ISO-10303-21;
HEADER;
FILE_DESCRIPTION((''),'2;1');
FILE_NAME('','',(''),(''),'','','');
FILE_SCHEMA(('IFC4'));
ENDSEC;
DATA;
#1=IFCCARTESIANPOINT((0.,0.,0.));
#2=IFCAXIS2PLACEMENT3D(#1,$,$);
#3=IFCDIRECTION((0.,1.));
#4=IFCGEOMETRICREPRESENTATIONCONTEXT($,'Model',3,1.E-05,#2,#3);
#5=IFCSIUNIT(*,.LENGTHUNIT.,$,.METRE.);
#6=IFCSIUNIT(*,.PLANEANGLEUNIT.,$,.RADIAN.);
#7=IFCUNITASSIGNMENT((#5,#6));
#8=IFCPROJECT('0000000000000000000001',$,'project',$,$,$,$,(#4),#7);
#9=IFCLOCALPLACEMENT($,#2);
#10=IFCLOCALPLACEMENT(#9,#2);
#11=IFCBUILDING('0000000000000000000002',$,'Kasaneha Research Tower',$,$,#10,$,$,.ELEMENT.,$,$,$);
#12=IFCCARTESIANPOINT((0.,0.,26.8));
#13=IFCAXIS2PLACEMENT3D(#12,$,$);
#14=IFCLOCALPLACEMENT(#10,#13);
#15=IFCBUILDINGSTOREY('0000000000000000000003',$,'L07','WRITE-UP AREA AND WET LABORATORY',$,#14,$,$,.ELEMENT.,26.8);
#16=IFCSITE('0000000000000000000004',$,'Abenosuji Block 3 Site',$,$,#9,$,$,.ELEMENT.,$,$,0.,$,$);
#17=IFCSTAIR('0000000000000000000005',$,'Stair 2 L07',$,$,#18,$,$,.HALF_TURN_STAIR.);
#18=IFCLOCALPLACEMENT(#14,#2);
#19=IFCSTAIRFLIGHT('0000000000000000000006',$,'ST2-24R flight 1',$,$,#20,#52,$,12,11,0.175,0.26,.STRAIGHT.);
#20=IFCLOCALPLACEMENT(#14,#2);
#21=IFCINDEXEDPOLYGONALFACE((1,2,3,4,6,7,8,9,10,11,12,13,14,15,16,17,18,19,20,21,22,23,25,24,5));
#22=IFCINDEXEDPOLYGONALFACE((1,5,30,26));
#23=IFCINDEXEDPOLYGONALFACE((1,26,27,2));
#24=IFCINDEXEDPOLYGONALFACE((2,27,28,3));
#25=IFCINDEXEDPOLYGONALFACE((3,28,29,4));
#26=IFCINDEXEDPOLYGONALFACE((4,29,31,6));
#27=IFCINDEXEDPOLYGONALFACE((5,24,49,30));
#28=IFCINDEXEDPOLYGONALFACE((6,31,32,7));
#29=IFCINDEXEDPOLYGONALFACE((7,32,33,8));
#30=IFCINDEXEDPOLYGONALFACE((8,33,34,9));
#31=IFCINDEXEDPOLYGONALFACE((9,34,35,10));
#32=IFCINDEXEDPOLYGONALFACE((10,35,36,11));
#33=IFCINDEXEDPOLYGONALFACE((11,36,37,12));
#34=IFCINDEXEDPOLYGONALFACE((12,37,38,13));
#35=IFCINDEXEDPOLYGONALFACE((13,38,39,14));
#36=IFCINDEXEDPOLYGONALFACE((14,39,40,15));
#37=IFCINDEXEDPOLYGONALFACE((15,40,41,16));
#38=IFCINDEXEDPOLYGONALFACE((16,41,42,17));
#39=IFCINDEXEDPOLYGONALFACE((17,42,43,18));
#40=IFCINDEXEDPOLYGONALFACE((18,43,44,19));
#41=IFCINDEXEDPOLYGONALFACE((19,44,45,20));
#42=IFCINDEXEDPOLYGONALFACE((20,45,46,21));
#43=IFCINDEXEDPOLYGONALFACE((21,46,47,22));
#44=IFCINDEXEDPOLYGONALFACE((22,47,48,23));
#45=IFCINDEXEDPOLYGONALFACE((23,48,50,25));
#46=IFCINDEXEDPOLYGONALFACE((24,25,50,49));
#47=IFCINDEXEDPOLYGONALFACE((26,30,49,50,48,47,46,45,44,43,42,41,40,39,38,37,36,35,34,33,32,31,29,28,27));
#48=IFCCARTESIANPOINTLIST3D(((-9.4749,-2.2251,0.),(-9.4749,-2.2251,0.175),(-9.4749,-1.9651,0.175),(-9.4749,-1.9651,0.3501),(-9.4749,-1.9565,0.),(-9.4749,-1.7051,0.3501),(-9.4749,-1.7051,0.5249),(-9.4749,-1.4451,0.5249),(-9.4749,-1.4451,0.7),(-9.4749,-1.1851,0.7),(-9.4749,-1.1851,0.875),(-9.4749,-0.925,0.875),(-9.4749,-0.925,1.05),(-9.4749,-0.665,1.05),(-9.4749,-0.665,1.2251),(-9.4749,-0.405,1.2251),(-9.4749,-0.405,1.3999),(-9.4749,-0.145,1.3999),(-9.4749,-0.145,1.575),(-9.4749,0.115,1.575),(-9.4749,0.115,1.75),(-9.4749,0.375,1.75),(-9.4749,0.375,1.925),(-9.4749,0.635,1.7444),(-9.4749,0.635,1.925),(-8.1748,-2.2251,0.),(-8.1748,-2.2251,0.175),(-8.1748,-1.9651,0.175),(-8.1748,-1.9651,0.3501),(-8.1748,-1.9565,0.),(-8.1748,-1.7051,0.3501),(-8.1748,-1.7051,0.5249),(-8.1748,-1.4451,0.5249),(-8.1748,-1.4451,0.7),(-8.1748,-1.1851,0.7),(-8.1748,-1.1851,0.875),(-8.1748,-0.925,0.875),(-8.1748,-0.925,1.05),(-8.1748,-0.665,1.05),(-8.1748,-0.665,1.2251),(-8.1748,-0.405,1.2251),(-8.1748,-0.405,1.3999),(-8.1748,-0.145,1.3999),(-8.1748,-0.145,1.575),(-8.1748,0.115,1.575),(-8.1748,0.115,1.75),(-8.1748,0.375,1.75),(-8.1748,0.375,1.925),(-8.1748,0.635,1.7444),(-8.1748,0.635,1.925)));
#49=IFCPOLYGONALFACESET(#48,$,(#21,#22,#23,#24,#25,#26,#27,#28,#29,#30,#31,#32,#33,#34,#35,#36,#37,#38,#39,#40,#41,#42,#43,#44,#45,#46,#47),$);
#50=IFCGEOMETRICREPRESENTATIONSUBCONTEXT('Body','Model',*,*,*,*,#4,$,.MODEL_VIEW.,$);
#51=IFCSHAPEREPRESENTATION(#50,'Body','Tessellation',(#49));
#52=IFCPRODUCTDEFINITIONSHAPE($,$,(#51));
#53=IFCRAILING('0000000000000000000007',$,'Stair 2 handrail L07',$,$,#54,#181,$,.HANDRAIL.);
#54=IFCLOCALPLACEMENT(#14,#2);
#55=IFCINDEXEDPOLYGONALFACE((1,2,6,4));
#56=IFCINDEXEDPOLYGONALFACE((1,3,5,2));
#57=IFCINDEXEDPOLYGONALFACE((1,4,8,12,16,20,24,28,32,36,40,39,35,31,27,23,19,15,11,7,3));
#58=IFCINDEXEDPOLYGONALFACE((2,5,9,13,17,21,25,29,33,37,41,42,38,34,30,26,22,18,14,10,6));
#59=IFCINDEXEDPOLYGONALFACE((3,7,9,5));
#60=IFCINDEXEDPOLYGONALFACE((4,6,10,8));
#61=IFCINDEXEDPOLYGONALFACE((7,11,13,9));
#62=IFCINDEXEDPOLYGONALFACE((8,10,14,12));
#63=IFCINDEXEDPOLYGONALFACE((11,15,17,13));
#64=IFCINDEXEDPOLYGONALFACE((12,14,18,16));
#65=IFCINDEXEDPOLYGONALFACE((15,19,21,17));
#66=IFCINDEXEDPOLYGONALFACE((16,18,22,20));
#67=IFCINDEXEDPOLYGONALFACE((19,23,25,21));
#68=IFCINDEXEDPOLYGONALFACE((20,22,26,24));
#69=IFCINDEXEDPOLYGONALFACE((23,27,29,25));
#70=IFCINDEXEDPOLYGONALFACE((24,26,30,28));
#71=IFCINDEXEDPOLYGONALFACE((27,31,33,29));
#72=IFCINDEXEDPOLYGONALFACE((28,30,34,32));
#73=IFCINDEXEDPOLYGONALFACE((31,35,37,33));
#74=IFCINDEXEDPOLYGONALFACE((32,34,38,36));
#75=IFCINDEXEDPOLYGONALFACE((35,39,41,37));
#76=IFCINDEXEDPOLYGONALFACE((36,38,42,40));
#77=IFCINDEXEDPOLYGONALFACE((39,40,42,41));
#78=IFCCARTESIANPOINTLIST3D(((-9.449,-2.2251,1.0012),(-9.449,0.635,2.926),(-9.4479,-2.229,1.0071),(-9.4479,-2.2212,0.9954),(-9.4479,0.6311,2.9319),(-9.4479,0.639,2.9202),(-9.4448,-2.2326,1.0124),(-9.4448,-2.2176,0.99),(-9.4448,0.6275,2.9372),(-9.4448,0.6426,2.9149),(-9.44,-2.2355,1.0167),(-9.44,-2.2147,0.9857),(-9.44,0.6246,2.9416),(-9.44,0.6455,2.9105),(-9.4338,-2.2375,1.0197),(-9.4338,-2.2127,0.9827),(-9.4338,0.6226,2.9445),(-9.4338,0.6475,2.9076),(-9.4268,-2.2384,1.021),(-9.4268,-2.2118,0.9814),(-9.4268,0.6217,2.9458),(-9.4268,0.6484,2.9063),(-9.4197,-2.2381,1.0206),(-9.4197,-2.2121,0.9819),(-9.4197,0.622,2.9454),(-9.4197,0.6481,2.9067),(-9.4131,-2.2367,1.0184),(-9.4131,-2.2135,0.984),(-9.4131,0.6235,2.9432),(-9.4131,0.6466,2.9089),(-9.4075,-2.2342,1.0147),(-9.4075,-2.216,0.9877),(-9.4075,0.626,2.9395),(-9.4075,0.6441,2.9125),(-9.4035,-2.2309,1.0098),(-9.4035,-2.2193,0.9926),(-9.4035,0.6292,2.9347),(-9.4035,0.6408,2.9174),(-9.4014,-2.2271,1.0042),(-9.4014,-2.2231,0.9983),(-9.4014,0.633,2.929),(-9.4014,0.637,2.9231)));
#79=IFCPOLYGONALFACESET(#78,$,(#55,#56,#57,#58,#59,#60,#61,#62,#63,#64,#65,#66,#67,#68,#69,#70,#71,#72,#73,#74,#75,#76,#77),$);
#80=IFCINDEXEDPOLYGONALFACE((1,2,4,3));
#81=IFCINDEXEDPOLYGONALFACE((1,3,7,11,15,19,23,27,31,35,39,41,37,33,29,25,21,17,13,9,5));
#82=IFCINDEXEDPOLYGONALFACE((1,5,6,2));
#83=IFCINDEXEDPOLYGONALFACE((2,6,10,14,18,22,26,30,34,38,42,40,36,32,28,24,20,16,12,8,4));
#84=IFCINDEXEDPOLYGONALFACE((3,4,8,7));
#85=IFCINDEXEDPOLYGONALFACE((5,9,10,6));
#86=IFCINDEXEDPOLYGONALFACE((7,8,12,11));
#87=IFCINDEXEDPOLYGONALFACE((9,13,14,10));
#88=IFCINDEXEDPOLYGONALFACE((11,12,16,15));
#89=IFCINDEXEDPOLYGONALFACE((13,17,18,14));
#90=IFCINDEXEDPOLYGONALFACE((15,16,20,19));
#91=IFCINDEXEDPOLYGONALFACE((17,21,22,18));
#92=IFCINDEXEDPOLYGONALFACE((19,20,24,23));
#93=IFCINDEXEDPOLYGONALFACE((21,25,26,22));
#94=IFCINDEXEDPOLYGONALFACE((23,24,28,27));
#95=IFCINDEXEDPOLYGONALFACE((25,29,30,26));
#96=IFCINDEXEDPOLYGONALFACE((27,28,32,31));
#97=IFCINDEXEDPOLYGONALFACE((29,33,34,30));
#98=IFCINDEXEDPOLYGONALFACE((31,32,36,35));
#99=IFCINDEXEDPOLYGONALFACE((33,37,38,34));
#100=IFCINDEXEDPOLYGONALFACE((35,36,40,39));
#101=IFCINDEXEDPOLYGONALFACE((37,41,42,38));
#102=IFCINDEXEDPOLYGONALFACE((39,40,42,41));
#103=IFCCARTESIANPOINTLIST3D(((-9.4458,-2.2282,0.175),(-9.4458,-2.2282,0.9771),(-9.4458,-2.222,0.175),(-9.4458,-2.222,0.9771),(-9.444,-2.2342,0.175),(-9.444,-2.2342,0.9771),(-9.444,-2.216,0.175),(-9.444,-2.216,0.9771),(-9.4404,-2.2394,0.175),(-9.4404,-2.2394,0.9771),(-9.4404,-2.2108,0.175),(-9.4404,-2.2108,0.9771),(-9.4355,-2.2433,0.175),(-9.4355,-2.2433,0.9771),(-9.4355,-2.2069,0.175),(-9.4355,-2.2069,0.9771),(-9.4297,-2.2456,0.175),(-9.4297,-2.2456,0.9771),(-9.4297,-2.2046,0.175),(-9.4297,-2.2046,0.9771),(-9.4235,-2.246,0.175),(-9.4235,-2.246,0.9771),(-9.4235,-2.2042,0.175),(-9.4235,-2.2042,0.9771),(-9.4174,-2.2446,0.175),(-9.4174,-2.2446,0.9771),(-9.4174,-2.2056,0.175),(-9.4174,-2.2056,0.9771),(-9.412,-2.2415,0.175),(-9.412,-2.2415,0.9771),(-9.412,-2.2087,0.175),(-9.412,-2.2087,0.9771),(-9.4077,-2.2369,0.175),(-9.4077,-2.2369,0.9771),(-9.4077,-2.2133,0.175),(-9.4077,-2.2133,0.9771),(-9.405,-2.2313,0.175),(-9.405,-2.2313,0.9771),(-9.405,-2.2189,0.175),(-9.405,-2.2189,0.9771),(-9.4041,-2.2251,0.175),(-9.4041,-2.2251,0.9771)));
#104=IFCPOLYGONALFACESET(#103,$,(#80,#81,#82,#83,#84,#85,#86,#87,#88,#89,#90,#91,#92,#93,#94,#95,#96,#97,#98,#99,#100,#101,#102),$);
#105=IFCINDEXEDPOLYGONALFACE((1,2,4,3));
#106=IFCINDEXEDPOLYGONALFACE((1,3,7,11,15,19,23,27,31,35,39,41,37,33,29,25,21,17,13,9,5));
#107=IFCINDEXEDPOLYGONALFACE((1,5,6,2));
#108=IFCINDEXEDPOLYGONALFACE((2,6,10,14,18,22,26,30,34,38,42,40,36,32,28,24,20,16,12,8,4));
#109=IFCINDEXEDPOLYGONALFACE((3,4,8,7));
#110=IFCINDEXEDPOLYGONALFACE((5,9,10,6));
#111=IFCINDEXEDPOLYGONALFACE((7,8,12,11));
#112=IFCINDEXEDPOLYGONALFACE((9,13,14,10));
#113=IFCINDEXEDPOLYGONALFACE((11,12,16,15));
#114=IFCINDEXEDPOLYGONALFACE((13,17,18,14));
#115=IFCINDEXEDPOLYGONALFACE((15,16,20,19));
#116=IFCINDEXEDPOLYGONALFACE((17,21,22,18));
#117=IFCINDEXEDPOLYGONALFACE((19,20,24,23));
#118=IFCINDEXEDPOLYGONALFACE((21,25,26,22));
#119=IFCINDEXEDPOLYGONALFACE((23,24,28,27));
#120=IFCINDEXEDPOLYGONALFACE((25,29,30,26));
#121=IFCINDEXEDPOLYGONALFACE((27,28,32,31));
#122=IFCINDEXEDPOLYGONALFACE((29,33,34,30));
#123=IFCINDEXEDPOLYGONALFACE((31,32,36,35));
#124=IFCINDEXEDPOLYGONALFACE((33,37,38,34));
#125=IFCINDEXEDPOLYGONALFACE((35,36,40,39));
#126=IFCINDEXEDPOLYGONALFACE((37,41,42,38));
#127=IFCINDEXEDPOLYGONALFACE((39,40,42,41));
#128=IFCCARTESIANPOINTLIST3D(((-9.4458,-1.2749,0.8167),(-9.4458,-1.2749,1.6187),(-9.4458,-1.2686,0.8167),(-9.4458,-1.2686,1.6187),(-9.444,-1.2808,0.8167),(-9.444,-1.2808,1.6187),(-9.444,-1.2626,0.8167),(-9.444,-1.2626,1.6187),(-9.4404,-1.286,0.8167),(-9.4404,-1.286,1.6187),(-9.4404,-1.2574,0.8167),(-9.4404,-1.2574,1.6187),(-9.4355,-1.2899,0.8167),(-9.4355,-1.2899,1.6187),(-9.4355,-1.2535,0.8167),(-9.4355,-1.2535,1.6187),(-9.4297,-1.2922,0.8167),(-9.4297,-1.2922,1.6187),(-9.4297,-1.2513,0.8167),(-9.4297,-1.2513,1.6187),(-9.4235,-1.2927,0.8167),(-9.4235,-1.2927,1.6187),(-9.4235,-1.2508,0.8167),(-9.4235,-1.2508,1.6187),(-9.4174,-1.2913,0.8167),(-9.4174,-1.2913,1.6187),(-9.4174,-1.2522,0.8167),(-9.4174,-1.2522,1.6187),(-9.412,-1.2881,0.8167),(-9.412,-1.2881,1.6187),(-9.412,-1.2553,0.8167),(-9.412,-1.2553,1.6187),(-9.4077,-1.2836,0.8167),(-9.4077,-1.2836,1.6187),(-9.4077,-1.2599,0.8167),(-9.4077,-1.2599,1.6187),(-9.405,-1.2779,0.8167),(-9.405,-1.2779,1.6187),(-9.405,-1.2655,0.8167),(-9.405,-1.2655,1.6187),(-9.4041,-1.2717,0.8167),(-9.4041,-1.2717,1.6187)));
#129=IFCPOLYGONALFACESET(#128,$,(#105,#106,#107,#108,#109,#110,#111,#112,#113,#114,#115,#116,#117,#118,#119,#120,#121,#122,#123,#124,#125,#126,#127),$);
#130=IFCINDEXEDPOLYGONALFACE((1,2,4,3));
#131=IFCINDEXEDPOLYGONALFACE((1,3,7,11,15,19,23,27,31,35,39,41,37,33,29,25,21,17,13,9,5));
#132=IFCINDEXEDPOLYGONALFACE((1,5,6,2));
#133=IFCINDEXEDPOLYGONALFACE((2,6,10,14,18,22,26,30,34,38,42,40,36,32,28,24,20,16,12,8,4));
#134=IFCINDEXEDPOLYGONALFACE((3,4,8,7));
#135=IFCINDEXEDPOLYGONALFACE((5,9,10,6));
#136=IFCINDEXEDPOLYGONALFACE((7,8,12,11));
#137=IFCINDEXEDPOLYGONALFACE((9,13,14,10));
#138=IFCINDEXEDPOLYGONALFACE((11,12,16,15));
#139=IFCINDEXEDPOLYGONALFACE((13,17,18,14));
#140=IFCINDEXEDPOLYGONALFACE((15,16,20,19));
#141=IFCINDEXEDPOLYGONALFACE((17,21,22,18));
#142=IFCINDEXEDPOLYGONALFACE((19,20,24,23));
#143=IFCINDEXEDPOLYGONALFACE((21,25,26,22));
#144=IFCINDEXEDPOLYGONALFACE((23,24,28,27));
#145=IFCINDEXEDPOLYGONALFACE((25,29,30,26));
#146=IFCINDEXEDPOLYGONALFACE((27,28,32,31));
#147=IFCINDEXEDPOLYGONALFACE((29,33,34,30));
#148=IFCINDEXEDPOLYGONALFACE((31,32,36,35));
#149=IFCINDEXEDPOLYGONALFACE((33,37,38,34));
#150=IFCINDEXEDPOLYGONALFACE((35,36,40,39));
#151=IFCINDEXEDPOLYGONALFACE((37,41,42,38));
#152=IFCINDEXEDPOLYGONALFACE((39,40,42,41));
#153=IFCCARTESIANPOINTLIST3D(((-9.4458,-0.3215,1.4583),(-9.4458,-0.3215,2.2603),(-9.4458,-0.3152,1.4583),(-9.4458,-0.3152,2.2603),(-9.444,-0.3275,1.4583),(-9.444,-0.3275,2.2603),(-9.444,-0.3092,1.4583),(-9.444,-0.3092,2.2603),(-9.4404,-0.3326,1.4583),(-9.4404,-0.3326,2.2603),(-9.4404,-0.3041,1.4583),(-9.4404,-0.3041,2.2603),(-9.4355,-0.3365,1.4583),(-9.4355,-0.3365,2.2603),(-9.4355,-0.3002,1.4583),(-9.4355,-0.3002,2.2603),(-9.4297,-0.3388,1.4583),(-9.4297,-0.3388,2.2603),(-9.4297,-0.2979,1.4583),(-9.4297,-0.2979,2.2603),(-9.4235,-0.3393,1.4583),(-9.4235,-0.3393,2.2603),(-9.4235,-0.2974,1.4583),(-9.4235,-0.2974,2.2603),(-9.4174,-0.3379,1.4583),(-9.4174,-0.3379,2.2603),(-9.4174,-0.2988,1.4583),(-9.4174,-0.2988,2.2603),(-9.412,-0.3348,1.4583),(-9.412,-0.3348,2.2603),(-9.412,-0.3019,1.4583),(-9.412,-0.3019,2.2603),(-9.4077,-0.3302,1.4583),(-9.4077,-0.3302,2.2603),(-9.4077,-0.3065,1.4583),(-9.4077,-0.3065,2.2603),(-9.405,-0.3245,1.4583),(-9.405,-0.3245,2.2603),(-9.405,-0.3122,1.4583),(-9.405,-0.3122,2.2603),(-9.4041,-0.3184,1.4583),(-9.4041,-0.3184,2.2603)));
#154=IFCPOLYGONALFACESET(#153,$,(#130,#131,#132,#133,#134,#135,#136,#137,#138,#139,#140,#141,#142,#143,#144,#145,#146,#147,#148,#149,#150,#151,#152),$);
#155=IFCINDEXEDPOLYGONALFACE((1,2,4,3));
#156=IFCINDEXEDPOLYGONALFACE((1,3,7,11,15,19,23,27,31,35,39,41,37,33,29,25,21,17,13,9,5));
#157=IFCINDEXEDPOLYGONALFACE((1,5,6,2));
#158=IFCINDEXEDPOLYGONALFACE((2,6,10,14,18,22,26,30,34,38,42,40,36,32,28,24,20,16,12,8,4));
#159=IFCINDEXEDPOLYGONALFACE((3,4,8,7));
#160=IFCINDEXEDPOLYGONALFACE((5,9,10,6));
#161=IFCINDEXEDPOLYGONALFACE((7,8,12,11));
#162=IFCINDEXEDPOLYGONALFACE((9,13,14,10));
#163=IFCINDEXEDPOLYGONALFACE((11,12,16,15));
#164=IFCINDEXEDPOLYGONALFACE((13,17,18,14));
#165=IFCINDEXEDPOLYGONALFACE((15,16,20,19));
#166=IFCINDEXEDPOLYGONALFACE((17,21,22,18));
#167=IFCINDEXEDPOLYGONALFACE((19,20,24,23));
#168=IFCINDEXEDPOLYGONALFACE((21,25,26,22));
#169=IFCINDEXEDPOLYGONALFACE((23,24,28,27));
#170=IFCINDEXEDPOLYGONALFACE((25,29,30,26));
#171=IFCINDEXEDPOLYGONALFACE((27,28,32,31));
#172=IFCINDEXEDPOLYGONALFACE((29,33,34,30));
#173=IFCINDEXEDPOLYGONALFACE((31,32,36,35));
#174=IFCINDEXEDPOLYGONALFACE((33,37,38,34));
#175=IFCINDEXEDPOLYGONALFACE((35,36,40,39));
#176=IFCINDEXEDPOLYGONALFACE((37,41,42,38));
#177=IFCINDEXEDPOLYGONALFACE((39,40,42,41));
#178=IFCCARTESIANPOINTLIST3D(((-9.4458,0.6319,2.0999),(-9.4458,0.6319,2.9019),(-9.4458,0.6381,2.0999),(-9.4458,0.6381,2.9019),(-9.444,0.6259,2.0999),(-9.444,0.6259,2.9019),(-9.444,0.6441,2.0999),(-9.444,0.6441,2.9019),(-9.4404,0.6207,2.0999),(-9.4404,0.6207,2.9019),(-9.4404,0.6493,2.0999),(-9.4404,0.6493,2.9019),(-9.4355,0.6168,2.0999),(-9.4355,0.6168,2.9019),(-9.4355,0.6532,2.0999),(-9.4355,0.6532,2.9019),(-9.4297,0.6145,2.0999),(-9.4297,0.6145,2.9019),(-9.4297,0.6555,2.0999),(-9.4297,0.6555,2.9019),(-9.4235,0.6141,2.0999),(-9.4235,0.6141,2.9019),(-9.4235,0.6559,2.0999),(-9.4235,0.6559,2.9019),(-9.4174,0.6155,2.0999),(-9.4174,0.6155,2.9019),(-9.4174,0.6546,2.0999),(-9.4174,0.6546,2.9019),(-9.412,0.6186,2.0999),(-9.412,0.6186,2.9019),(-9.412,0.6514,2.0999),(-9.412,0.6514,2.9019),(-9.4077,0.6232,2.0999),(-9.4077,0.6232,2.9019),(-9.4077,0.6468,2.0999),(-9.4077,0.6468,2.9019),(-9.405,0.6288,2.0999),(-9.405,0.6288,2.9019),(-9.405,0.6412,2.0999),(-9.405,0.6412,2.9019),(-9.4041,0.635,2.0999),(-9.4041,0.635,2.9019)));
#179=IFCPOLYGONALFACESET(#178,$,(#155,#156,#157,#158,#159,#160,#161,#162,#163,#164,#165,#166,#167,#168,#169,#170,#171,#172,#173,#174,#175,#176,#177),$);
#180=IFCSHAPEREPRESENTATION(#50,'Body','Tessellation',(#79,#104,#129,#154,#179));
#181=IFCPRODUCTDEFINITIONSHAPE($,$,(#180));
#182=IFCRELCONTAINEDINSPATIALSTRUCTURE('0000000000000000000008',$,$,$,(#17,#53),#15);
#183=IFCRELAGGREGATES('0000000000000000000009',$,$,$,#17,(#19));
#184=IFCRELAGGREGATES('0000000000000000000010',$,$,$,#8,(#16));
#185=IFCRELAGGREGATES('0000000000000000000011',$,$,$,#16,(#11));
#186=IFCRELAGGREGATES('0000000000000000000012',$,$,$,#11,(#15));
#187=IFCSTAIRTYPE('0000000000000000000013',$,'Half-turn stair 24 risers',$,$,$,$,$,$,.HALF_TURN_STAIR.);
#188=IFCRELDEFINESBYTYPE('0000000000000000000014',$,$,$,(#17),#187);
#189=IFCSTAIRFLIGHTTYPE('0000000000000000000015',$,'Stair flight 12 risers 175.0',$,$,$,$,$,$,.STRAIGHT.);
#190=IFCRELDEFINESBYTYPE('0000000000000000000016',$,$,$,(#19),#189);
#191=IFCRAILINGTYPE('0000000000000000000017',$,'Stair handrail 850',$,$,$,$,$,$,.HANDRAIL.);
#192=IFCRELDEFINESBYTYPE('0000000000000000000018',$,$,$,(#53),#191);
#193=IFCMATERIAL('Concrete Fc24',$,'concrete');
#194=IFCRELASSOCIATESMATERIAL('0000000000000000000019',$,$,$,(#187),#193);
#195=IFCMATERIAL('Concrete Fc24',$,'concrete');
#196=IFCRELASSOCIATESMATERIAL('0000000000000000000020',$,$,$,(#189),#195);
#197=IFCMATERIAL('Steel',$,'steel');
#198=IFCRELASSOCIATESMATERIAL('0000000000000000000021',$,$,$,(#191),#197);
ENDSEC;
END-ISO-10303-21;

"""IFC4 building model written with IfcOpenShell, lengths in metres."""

from ifc_helpers import new_model, si_unit, direction, frame, origin, origin_2d, place, context, subcontext, project, spatial, polyline, circle, outline, extrude, material, type_object, element, aggregate, save


model = new_model("IFC4")

# Units and contexts
model_context = context("Model", 3, precision=1e-05, world=origin(), true_north=direction((0.0, 1.0)))
body_context = subcontext(model_context, "Body", "Model", "MODEL_VIEW")
ifc_project = project(units=[si_unit("LENGTHUNIT", "METRE"), si_unit("PLANEANGLEUNIT", "RADIAN")], contexts=[model_context])

# Site, building, storey
site_placement = place(None, origin())
site = spatial("IfcSite", under=ifc_project, at=site_placement, Name="Abenosuji Block 3 Site", CompositionType="ELEMENT", RefElevation=0.0)
building_placement = place(site_placement, origin())
building = spatial("IfcBuilding", under=site, at=building_placement, Name="Kasaneha Research Tower", CompositionType="ELEMENT")
storey_placement = place(building_placement, frame((0.0, 0.0, 26.8)))
storey = spatial("IfcBuildingStorey", under=building, at=storey_placement, Name="L07", Description="WRITE-UP AREA AND WET LABORATORY", CompositionType="ELEMENT", Elevation=26.8)

# Stair, stair flight
ifc_material_1 = material(Name="Concrete Fc24", Category="concrete")
stair_type = type_object("IfcStairType", Name="Half-turn stair 24 risers", PredefinedType="HALF_TURN_STAIR", material=ifc_material_1)
stair_placement = place(storey_placement, origin())
stair = element("IfcStair", 1, at=stair_placement, inside=storey, type_object=stair_type, Name="Stair 2 L07", PredefinedType="HALF_TURN_STAIR")
ifc_material_2 = material(Name="Concrete Fc24", Category="concrete")
stair_flight_type = type_object("IfcStairFlightType", Name="Stair flight 12 risers 175.0", PredefinedType="STRAIGHT", material=ifc_material_2)
stair_flight_placement = place(storey_placement, frame((-8.825, -2.2251, 0.0), z_axis=(0.0, 0.0, 1.0), x_axis=(0.0, 1.0, 0.0)))
stair_flight = element("IfcStairFlight", 2, at=stair_flight_placement, type_object=stair_flight_type, Name="ST2-24R flight 1", NumberOfRisers=12, NumberOfTreads=11, PredefinedType="STRAIGHT", RiserHeight=0.175, TreadLength=0.26, context=body_context, shape_type="SweptSolid", body=[
    extrude(outline(polyline([(0.0, 0.0), (0.0, 0.175), (0.26, 0.175), (0.26, 0.3501), (0.52, 0.3501), (0.52, 0.5249), (0.78, 0.5249), (0.78, 0.7), (1.04, 0.7), (1.04, 0.875), (1.3, 0.875), (1.3, 1.05), (1.5601, 1.05), (1.5601, 1.2251), (1.8201, 1.2251), (1.8201, 1.3999), (2.0801, 1.3999), (2.0801, 1.575), (2.3401, 1.575), (2.3401, 1.75), (2.6001, 1.75), (2.6001, 1.925), (2.8601, 1.925), (2.8601, 2.1001), (2.8601, 1.7444), (0.2686, 0.0), (0.0, 0.0)])), frame((0.0, 0.6499, 0.0), z_axis=(0.0, -1.0, 0.0), x_axis=(1.0, 0.0, 0.0)), (0.0, 0.0, 1.0), 1.3),
])
aggregate(stair, [stair_flight])

# Railing
ifc_material_3 = material(Name="Steel", Category="steel")
railing_type = type_object("IfcRailingType", Name="Stair handrail 850", PredefinedType="HANDRAIL", material=ifc_material_3)
railing_placement = place(storey_placement, frame((-9.425, -2.2251, 0.175)))
element("IfcRailing", 3, at=railing_placement, inside=storey, type_object=railing_type, Name="Stair 2 handrail L07", PredefinedType="HANDRAIL", context=body_context, shape_type="SweptSolid", body=[
    extrude(circle(Radius=0.0239, at=origin_2d()), frame((0.0, 0.0, 0.8262), z_axis=(0.0, 0.829624, 0.558323), x_axis=(-1.0, 0.0, 0.0)), (0.0, 0.0, 1.0), 3.4475),
    extrude(circle(Radius=0.021, at=origin_2d()), origin(), (0.0, 0.0, 1.0), 0.802),
    extrude(circle(Radius=0.021, at=origin_2d()), frame((0.0, 0.9534, 0.6416)), (0.0, 0.0, 1.0), 0.802),
    extrude(circle(Radius=0.021, at=origin_2d()), frame((0.0, 1.9067, 1.2832)), (0.0, 0.0, 1.0), 0.802),
    extrude(circle(Radius=0.021, at=origin_2d()), frame((0.0, 2.8601, 1.9248)), (0.0, 0.0, 1.0), 0.802),
])

save(model, "model.ifc")
